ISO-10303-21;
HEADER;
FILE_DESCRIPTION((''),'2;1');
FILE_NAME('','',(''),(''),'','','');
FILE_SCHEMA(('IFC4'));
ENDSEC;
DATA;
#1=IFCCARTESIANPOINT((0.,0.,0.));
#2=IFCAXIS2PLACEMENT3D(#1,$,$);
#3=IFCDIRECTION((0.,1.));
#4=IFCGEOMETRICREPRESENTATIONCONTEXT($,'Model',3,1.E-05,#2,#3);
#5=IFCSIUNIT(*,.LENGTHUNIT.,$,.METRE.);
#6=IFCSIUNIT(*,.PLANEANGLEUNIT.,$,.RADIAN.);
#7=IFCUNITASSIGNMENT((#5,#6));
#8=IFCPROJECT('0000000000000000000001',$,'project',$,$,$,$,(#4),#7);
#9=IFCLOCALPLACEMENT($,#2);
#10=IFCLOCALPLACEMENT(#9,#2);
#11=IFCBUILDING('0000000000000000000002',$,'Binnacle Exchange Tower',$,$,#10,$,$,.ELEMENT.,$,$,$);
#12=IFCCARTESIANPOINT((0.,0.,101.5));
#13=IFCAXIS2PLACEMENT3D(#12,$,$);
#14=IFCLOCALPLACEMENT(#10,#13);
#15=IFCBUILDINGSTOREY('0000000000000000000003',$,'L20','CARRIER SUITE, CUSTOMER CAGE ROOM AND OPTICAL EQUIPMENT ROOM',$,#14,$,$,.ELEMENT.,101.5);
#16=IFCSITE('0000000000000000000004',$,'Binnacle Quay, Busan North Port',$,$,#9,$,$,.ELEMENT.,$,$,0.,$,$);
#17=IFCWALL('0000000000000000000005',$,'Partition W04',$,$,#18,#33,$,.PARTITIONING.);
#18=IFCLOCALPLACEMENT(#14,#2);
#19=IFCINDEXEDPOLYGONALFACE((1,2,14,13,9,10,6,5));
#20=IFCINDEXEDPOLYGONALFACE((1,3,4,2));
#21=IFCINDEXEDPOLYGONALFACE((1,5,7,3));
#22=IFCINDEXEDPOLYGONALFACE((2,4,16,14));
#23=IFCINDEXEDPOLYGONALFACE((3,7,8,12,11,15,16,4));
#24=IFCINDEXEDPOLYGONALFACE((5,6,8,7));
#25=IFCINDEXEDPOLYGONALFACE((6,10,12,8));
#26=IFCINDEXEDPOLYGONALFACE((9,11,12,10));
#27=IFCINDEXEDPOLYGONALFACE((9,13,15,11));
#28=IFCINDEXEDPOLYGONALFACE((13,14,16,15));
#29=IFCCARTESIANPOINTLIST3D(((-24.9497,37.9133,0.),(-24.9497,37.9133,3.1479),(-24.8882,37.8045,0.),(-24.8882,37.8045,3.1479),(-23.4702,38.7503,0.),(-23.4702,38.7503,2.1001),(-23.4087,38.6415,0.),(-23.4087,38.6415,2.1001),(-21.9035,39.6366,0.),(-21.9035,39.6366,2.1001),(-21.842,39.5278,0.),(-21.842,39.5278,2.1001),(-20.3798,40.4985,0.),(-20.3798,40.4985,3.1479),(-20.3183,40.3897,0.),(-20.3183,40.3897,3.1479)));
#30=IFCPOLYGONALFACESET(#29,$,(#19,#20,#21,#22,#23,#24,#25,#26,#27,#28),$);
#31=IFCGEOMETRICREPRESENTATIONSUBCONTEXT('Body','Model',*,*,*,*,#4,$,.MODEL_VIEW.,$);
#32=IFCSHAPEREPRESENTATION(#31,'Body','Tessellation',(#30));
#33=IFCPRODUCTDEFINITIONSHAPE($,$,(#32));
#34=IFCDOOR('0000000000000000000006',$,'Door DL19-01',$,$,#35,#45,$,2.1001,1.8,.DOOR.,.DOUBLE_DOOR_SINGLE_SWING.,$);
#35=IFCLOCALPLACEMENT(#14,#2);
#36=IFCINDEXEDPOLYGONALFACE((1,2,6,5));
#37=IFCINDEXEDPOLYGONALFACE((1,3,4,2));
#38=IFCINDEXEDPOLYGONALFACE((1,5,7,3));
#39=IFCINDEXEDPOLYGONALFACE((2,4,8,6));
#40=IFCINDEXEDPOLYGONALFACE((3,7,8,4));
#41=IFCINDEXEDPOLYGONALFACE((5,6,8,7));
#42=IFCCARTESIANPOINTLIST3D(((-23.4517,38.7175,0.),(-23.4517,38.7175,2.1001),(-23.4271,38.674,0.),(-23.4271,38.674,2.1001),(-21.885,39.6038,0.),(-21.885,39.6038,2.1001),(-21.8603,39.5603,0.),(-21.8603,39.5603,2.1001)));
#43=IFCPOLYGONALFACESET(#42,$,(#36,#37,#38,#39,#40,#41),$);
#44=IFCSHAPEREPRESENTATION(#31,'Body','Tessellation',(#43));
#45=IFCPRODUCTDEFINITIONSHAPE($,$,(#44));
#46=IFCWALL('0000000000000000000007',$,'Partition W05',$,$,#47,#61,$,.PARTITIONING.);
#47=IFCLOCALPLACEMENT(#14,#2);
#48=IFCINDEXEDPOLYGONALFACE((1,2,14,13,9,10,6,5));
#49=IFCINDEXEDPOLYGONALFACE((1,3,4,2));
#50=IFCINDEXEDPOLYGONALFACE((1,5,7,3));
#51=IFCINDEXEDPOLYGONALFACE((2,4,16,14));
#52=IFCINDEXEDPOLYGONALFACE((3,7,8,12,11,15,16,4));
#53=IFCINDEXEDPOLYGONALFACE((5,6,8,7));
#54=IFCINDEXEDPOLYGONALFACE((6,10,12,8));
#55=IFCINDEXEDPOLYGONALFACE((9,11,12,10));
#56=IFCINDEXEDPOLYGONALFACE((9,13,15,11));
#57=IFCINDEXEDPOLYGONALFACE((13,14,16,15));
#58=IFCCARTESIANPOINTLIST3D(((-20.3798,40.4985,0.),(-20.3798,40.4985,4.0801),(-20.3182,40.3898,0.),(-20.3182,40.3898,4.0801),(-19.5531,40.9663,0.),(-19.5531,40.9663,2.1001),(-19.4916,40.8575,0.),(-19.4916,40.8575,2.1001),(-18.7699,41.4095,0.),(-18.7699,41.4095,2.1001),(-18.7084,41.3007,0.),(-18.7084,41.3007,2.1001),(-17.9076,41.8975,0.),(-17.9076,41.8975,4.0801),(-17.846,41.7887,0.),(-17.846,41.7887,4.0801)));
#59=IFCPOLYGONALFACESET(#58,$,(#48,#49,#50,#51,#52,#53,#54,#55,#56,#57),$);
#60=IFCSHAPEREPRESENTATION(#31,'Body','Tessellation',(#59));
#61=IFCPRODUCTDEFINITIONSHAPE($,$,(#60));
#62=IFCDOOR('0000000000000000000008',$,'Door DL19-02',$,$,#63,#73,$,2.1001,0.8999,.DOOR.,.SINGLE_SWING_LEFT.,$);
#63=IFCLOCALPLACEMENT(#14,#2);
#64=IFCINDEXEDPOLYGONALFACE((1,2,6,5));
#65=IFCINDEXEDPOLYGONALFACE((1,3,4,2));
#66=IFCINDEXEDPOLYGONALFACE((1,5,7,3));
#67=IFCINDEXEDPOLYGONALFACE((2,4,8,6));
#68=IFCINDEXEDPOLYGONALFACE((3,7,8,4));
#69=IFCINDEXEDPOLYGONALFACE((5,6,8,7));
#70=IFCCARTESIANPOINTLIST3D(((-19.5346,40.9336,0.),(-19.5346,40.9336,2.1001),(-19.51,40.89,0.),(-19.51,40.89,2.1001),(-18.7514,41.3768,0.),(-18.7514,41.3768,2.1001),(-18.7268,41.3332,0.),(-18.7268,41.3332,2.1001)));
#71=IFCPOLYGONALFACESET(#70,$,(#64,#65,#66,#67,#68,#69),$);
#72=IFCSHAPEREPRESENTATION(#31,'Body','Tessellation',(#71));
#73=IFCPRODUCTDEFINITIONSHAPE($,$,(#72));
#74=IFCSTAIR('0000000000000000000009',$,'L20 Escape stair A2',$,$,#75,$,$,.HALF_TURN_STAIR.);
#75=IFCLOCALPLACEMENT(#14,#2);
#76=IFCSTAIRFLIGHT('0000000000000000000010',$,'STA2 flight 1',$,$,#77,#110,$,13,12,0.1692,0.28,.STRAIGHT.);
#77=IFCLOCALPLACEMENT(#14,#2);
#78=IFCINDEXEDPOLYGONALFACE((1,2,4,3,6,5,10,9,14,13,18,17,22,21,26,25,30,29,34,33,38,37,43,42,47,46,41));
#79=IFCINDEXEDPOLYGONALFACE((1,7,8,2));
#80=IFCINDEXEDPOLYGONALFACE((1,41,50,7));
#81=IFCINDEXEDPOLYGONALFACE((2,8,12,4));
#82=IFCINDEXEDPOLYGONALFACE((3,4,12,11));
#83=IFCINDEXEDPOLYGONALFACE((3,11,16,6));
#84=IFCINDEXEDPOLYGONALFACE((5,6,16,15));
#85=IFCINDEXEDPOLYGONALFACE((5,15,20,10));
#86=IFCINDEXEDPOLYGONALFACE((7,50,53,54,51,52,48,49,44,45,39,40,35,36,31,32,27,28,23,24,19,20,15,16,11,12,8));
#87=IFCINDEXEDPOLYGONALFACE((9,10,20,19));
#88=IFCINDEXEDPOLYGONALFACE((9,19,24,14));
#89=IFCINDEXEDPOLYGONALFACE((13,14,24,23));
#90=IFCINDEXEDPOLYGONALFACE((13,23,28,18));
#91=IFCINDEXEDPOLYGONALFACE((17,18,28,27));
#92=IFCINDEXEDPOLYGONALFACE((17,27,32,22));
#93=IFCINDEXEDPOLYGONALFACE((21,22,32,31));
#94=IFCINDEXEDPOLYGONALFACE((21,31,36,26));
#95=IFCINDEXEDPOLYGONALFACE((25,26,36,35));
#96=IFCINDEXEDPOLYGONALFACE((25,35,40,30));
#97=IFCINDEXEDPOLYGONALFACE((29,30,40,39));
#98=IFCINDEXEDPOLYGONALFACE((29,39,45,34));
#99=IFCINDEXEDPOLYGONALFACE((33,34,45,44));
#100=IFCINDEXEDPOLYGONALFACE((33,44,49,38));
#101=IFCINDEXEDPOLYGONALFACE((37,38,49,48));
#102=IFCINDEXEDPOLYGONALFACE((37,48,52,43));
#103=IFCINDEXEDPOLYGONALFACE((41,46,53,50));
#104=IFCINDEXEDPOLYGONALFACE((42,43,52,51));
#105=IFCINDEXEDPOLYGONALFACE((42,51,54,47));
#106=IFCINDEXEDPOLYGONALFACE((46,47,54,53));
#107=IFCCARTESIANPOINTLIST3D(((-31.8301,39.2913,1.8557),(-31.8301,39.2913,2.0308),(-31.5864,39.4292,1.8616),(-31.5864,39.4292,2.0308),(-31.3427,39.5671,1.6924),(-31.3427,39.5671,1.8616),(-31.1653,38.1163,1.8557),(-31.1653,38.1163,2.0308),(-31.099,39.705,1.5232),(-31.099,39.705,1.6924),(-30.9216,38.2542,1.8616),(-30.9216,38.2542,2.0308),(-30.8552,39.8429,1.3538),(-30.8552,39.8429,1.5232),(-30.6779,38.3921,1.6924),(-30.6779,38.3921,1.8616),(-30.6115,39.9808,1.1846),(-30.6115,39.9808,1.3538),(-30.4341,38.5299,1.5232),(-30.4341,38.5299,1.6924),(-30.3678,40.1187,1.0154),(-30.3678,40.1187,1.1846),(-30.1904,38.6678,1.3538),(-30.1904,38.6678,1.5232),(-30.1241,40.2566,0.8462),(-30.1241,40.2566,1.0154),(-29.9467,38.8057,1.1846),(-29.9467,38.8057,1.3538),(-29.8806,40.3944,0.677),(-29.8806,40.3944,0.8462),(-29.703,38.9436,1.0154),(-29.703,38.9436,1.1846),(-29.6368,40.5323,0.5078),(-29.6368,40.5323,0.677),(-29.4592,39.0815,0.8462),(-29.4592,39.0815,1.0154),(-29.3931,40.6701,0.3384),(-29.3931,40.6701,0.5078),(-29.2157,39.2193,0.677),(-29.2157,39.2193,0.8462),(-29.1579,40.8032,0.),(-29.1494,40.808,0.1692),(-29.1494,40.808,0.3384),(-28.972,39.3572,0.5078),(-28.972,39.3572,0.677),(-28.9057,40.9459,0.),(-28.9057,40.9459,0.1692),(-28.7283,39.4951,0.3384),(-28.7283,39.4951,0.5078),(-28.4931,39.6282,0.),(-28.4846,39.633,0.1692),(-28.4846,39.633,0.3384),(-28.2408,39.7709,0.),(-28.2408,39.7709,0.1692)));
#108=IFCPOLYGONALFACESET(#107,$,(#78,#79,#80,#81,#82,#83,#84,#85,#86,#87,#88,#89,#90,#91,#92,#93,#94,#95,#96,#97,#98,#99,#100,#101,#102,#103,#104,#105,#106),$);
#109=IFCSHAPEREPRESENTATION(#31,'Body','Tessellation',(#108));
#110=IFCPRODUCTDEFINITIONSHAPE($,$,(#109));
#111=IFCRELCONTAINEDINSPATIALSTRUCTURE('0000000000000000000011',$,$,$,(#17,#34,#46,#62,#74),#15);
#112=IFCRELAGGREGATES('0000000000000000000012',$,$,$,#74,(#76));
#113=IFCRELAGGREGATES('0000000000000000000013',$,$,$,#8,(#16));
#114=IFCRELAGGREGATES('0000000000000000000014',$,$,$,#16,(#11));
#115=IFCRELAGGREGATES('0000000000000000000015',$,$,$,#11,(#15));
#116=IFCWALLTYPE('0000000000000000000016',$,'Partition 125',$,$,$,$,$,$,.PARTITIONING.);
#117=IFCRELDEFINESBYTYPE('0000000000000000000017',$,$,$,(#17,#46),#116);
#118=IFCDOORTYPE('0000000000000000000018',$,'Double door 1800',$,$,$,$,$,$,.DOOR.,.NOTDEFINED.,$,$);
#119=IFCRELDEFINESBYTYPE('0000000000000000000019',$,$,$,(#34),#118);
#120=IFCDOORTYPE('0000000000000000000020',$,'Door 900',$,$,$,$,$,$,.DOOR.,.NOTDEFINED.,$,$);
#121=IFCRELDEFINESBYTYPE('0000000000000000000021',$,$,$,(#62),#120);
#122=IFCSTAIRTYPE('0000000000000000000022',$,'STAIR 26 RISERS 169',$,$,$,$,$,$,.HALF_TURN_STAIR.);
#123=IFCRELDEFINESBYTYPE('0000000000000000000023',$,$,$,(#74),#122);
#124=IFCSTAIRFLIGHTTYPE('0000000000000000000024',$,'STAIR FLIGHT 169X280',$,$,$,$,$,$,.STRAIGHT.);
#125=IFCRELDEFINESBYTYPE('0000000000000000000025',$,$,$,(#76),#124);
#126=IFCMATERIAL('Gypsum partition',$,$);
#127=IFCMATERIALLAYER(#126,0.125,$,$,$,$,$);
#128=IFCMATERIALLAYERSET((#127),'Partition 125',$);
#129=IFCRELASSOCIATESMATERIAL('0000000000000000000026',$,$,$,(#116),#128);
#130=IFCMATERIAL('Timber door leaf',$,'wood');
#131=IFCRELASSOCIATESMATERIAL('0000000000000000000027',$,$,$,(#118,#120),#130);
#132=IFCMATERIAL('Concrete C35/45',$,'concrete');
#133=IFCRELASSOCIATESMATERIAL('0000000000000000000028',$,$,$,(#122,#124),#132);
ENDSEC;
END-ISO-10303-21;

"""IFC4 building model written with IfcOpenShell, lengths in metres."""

from ifc_helpers import new_model, si_unit, direction, frame, frame_2d, origin, place, context, subcontext, project, spatial, polyline, rectangle, outline, extrude, material, layer, layer_set, type_object, element, fill, aggregate, save


model = new_model("IFC4")

# Units and contexts
model_context = context("Model", 3, precision=1e-05, world=origin(), true_north=direction((0.0, 1.0)))
body_context = subcontext(model_context, "Body", "Model", "MODEL_VIEW")
ifc_project = project(units=[si_unit("LENGTHUNIT", "METRE"), si_unit("PLANEANGLEUNIT", "RADIAN")], contexts=[model_context])

# Site, building, storey
site_placement = place(None, origin())
site = spatial("IfcSite", under=ifc_project, at=site_placement, Name="Binnacle Quay, Busan North Port", CompositionType="ELEMENT", RefElevation=0.0)
building_placement = place(site_placement, origin())
building = spatial("IfcBuilding", under=site, at=building_placement, Name="Binnacle Exchange Tower", CompositionType="ELEMENT")
storey_placement = place(building_placement, frame((0.0, 0.0, 101.5)))
storey = spatial("IfcBuildingStorey", under=building, at=storey_placement, Name="L20", Description="CARRIER SUITE, CUSTOMER CAGE ROOM AND OPTICAL EQUIPMENT ROOM", CompositionType="ELEMENT", Elevation=101.5)

# Walls, openings, doors
ifc_material_1 = material(Name="Gypsum partition")
ifc_layer_1 = layer(ifc_material_1, 0.125)
ifc_layer_set_1 = layer_set([ifc_layer_1], Name="Partition 125")
wall_type_1 = type_object("IfcWallType", Name="Partition 125", PredefinedType="PARTITIONING", material=ifc_layer_set_1)
wall_1_placement = place(storey_placement, frame((-24.9189, 37.8589, 0.0), z_axis=(0.0, 0.0, 1.0), x_axis=(0.870378, 0.492384, 0.0)))
wall_1 = element("IfcWall", 1, at=wall_1_placement, inside=storey, type_object=wall_type_1, Name="Partition W04", PredefinedType="PARTITIONING", context=body_context, shape_type="SweptSolid", body=[
    extrude(rectangle(XDim=5.2505, YDim=0.125, at=frame_2d((2.6252, 0.0))), origin(), (0.0, 0.0, 1.0), 3.1479),
])
opening_1_placement = place(wall_1_placement, frame((1.7, 0.0, 0.0)))
opening_1 = element("IfcOpeningElement", 2, at=opening_1_placement, cuts=wall_1, PredefinedType="OPENING", context=body_context, shape_type="SweptSolid", body=[
    extrude(rectangle(XDim=1.8, YDim=2.1001, at=frame_2d((0.8999, 1.05))), frame((0.0, 0.0725, 0.0), z_axis=(0.0, -1.0, 0.0), x_axis=(1.0, 0.0, 0.0)), (0.0, 0.0, 1.0), 0.145),
])
ifc_material_2 = material(Name="Timber door leaf", Category="wood")
door_type_1 = type_object("IfcDoorType", Name="Double door 1800", OperationType="NOTDEFINED", PredefinedType="DOOR", material=ifc_material_2)
door_1_placement = place(opening_1_placement, origin())
door_1 = element("IfcDoor", 3, at=door_1_placement, inside=storey, type_object=door_type_1, Name="Door DL19-01", OperationType="DOUBLE_DOOR_SINGLE_SWING", OverallHeight=2.1001, OverallWidth=1.8, PredefinedType="DOOR", context=body_context, shape_type="SweptSolid", body=[
    extrude(rectangle(XDim=1.8, YDim=2.1001, at=frame_2d((0.8999, 1.05))), frame((0.0, 0.0249, 0.0), z_axis=(0.0, -1.0, 0.0), x_axis=(1.0, 0.0, 0.0)), (0.0, 0.0, 1.0), 0.05),
])
fill(opening_1, door_1)
wall_2_placement = place(storey_placement, frame((-20.3491, 40.4441, 0.0), z_axis=(0.0, 0.0, 1.0), x_axis=(0.870319, 0.492488, 0.0)))
wall_2 = element("IfcWall", 4, at=wall_2_placement, inside=storey, type_object=wall_type_1, Name="Partition W05", PredefinedType="PARTITIONING", context=body_context, shape_type="SweptSolid", body=[
    extrude(rectangle(XDim=2.8406, YDim=0.125, at=frame_2d((1.4204, 0.0))), origin(), (0.0, 0.0, 1.0), 4.0801),
])
opening_2_placement = place(wall_2_placement, frame((0.95, 0.0, 0.0)))
opening_2 = element("IfcOpeningElement", 5, at=opening_2_placement, cuts=wall_2, PredefinedType="OPENING", context=body_context, shape_type="SweptSolid", body=[
    extrude(rectangle(XDim=0.8999, YDim=2.1001, at=frame_2d((0.45, 1.05))), frame((0.0, 0.0725, 0.0), z_axis=(0.0, -1.0, 0.0), x_axis=(1.0, 0.0, 0.0)), (0.0, 0.0, 1.0), 0.145),
])
door_type_2 = type_object("IfcDoorType", Name="Door 900", OperationType="NOTDEFINED", PredefinedType="DOOR", material=ifc_material_2)
door_2_placement = place(opening_2_placement, origin())
door_2 = element("IfcDoor", 6, at=door_2_placement, inside=storey, type_object=door_type_2, Name="Door DL19-02", OperationType="SINGLE_SWING_LEFT", OverallHeight=2.1001, OverallWidth=0.8999, PredefinedType="DOOR", context=body_context, shape_type="SweptSolid", body=[
    extrude(rectangle(XDim=0.8999, YDim=2.1001, at=frame_2d((0.45, 1.05))), frame((0.0, 0.0249, 0.0), z_axis=(0.0, -1.0, 0.0), x_axis=(1.0, 0.0, 0.0)), (0.0, 0.0, 1.0), 0.05),
])
fill(opening_2, door_2)

# Stair, stair flight
ifc_material_3 = material(Name="Concrete C35/45", Category="concrete")
stair_type = type_object("IfcStairType", Name="STAIR 26 RISERS 169", PredefinedType="HALF_TURN_STAIR", material=ifc_material_3)
stair_placement = place(storey_placement, origin())
stair = element("IfcStair", 7, at=stair_placement, inside=storey, type_object=stair_type, Name="L20 Escape stair A2", PredefinedType="HALF_TURN_STAIR")
stair_flight_type = type_object("IfcStairFlightType", Name="STAIR FLIGHT 169X280", PredefinedType="STRAIGHT", material=ifc_material_3)
stair_flight_placement = place(storey_placement, frame((-28.5732, 40.3584, 0.0), z_axis=(0.0, 0.0, 1.0), x_axis=(-0.870356, -0.492424, 0.0)))
stair_flight = element("IfcStairFlight", 8, at=stair_flight_placement, type_object=stair_flight_type, Name="STA2 flight 1", NumberOfRisers=13, NumberOfTreads=12, PredefinedType="STRAIGHT", RiserHeight=0.1692, TreadLength=0.28, context=body_context, shape_type="SweptSolid", body=[
    extrude(outline(polyline([(0.0, 0.0), (0.0, 0.1692), (0.28, 0.1692), (0.28, 0.3384), (0.5601, 0.3384), (0.5601, 0.5078), (0.8401, 0.5078), (0.8401, 0.677), (1.1201, 0.677), (1.1201, 0.8462), (1.3999, 0.8462), (1.3999, 1.0154), (1.6799, 1.0154), (1.6799, 1.1846), (1.96, 1.1846), (1.96, 1.3538), (2.24, 1.3538), (2.24, 1.5232), (2.52, 1.5232), (2.52, 1.6924), (2.8, 1.6924), (2.8, 1.8616), (3.0801, 1.8616), (3.0801, 2.0308), (3.3601, 2.0308), (3.3601, 2.2), (3.3601, 1.8557), (0.2898, 0.0), (0.0, 0.0)])), frame((0.0, 0.675, 0.0), z_axis=(0.0, -1.0, 0.0), x_axis=(1.0, 0.0, 0.0)), (0.0, 0.0, 1.0), 1.3501),
])
aggregate(stair, [stair_flight])

save(model, "model.ifc")
